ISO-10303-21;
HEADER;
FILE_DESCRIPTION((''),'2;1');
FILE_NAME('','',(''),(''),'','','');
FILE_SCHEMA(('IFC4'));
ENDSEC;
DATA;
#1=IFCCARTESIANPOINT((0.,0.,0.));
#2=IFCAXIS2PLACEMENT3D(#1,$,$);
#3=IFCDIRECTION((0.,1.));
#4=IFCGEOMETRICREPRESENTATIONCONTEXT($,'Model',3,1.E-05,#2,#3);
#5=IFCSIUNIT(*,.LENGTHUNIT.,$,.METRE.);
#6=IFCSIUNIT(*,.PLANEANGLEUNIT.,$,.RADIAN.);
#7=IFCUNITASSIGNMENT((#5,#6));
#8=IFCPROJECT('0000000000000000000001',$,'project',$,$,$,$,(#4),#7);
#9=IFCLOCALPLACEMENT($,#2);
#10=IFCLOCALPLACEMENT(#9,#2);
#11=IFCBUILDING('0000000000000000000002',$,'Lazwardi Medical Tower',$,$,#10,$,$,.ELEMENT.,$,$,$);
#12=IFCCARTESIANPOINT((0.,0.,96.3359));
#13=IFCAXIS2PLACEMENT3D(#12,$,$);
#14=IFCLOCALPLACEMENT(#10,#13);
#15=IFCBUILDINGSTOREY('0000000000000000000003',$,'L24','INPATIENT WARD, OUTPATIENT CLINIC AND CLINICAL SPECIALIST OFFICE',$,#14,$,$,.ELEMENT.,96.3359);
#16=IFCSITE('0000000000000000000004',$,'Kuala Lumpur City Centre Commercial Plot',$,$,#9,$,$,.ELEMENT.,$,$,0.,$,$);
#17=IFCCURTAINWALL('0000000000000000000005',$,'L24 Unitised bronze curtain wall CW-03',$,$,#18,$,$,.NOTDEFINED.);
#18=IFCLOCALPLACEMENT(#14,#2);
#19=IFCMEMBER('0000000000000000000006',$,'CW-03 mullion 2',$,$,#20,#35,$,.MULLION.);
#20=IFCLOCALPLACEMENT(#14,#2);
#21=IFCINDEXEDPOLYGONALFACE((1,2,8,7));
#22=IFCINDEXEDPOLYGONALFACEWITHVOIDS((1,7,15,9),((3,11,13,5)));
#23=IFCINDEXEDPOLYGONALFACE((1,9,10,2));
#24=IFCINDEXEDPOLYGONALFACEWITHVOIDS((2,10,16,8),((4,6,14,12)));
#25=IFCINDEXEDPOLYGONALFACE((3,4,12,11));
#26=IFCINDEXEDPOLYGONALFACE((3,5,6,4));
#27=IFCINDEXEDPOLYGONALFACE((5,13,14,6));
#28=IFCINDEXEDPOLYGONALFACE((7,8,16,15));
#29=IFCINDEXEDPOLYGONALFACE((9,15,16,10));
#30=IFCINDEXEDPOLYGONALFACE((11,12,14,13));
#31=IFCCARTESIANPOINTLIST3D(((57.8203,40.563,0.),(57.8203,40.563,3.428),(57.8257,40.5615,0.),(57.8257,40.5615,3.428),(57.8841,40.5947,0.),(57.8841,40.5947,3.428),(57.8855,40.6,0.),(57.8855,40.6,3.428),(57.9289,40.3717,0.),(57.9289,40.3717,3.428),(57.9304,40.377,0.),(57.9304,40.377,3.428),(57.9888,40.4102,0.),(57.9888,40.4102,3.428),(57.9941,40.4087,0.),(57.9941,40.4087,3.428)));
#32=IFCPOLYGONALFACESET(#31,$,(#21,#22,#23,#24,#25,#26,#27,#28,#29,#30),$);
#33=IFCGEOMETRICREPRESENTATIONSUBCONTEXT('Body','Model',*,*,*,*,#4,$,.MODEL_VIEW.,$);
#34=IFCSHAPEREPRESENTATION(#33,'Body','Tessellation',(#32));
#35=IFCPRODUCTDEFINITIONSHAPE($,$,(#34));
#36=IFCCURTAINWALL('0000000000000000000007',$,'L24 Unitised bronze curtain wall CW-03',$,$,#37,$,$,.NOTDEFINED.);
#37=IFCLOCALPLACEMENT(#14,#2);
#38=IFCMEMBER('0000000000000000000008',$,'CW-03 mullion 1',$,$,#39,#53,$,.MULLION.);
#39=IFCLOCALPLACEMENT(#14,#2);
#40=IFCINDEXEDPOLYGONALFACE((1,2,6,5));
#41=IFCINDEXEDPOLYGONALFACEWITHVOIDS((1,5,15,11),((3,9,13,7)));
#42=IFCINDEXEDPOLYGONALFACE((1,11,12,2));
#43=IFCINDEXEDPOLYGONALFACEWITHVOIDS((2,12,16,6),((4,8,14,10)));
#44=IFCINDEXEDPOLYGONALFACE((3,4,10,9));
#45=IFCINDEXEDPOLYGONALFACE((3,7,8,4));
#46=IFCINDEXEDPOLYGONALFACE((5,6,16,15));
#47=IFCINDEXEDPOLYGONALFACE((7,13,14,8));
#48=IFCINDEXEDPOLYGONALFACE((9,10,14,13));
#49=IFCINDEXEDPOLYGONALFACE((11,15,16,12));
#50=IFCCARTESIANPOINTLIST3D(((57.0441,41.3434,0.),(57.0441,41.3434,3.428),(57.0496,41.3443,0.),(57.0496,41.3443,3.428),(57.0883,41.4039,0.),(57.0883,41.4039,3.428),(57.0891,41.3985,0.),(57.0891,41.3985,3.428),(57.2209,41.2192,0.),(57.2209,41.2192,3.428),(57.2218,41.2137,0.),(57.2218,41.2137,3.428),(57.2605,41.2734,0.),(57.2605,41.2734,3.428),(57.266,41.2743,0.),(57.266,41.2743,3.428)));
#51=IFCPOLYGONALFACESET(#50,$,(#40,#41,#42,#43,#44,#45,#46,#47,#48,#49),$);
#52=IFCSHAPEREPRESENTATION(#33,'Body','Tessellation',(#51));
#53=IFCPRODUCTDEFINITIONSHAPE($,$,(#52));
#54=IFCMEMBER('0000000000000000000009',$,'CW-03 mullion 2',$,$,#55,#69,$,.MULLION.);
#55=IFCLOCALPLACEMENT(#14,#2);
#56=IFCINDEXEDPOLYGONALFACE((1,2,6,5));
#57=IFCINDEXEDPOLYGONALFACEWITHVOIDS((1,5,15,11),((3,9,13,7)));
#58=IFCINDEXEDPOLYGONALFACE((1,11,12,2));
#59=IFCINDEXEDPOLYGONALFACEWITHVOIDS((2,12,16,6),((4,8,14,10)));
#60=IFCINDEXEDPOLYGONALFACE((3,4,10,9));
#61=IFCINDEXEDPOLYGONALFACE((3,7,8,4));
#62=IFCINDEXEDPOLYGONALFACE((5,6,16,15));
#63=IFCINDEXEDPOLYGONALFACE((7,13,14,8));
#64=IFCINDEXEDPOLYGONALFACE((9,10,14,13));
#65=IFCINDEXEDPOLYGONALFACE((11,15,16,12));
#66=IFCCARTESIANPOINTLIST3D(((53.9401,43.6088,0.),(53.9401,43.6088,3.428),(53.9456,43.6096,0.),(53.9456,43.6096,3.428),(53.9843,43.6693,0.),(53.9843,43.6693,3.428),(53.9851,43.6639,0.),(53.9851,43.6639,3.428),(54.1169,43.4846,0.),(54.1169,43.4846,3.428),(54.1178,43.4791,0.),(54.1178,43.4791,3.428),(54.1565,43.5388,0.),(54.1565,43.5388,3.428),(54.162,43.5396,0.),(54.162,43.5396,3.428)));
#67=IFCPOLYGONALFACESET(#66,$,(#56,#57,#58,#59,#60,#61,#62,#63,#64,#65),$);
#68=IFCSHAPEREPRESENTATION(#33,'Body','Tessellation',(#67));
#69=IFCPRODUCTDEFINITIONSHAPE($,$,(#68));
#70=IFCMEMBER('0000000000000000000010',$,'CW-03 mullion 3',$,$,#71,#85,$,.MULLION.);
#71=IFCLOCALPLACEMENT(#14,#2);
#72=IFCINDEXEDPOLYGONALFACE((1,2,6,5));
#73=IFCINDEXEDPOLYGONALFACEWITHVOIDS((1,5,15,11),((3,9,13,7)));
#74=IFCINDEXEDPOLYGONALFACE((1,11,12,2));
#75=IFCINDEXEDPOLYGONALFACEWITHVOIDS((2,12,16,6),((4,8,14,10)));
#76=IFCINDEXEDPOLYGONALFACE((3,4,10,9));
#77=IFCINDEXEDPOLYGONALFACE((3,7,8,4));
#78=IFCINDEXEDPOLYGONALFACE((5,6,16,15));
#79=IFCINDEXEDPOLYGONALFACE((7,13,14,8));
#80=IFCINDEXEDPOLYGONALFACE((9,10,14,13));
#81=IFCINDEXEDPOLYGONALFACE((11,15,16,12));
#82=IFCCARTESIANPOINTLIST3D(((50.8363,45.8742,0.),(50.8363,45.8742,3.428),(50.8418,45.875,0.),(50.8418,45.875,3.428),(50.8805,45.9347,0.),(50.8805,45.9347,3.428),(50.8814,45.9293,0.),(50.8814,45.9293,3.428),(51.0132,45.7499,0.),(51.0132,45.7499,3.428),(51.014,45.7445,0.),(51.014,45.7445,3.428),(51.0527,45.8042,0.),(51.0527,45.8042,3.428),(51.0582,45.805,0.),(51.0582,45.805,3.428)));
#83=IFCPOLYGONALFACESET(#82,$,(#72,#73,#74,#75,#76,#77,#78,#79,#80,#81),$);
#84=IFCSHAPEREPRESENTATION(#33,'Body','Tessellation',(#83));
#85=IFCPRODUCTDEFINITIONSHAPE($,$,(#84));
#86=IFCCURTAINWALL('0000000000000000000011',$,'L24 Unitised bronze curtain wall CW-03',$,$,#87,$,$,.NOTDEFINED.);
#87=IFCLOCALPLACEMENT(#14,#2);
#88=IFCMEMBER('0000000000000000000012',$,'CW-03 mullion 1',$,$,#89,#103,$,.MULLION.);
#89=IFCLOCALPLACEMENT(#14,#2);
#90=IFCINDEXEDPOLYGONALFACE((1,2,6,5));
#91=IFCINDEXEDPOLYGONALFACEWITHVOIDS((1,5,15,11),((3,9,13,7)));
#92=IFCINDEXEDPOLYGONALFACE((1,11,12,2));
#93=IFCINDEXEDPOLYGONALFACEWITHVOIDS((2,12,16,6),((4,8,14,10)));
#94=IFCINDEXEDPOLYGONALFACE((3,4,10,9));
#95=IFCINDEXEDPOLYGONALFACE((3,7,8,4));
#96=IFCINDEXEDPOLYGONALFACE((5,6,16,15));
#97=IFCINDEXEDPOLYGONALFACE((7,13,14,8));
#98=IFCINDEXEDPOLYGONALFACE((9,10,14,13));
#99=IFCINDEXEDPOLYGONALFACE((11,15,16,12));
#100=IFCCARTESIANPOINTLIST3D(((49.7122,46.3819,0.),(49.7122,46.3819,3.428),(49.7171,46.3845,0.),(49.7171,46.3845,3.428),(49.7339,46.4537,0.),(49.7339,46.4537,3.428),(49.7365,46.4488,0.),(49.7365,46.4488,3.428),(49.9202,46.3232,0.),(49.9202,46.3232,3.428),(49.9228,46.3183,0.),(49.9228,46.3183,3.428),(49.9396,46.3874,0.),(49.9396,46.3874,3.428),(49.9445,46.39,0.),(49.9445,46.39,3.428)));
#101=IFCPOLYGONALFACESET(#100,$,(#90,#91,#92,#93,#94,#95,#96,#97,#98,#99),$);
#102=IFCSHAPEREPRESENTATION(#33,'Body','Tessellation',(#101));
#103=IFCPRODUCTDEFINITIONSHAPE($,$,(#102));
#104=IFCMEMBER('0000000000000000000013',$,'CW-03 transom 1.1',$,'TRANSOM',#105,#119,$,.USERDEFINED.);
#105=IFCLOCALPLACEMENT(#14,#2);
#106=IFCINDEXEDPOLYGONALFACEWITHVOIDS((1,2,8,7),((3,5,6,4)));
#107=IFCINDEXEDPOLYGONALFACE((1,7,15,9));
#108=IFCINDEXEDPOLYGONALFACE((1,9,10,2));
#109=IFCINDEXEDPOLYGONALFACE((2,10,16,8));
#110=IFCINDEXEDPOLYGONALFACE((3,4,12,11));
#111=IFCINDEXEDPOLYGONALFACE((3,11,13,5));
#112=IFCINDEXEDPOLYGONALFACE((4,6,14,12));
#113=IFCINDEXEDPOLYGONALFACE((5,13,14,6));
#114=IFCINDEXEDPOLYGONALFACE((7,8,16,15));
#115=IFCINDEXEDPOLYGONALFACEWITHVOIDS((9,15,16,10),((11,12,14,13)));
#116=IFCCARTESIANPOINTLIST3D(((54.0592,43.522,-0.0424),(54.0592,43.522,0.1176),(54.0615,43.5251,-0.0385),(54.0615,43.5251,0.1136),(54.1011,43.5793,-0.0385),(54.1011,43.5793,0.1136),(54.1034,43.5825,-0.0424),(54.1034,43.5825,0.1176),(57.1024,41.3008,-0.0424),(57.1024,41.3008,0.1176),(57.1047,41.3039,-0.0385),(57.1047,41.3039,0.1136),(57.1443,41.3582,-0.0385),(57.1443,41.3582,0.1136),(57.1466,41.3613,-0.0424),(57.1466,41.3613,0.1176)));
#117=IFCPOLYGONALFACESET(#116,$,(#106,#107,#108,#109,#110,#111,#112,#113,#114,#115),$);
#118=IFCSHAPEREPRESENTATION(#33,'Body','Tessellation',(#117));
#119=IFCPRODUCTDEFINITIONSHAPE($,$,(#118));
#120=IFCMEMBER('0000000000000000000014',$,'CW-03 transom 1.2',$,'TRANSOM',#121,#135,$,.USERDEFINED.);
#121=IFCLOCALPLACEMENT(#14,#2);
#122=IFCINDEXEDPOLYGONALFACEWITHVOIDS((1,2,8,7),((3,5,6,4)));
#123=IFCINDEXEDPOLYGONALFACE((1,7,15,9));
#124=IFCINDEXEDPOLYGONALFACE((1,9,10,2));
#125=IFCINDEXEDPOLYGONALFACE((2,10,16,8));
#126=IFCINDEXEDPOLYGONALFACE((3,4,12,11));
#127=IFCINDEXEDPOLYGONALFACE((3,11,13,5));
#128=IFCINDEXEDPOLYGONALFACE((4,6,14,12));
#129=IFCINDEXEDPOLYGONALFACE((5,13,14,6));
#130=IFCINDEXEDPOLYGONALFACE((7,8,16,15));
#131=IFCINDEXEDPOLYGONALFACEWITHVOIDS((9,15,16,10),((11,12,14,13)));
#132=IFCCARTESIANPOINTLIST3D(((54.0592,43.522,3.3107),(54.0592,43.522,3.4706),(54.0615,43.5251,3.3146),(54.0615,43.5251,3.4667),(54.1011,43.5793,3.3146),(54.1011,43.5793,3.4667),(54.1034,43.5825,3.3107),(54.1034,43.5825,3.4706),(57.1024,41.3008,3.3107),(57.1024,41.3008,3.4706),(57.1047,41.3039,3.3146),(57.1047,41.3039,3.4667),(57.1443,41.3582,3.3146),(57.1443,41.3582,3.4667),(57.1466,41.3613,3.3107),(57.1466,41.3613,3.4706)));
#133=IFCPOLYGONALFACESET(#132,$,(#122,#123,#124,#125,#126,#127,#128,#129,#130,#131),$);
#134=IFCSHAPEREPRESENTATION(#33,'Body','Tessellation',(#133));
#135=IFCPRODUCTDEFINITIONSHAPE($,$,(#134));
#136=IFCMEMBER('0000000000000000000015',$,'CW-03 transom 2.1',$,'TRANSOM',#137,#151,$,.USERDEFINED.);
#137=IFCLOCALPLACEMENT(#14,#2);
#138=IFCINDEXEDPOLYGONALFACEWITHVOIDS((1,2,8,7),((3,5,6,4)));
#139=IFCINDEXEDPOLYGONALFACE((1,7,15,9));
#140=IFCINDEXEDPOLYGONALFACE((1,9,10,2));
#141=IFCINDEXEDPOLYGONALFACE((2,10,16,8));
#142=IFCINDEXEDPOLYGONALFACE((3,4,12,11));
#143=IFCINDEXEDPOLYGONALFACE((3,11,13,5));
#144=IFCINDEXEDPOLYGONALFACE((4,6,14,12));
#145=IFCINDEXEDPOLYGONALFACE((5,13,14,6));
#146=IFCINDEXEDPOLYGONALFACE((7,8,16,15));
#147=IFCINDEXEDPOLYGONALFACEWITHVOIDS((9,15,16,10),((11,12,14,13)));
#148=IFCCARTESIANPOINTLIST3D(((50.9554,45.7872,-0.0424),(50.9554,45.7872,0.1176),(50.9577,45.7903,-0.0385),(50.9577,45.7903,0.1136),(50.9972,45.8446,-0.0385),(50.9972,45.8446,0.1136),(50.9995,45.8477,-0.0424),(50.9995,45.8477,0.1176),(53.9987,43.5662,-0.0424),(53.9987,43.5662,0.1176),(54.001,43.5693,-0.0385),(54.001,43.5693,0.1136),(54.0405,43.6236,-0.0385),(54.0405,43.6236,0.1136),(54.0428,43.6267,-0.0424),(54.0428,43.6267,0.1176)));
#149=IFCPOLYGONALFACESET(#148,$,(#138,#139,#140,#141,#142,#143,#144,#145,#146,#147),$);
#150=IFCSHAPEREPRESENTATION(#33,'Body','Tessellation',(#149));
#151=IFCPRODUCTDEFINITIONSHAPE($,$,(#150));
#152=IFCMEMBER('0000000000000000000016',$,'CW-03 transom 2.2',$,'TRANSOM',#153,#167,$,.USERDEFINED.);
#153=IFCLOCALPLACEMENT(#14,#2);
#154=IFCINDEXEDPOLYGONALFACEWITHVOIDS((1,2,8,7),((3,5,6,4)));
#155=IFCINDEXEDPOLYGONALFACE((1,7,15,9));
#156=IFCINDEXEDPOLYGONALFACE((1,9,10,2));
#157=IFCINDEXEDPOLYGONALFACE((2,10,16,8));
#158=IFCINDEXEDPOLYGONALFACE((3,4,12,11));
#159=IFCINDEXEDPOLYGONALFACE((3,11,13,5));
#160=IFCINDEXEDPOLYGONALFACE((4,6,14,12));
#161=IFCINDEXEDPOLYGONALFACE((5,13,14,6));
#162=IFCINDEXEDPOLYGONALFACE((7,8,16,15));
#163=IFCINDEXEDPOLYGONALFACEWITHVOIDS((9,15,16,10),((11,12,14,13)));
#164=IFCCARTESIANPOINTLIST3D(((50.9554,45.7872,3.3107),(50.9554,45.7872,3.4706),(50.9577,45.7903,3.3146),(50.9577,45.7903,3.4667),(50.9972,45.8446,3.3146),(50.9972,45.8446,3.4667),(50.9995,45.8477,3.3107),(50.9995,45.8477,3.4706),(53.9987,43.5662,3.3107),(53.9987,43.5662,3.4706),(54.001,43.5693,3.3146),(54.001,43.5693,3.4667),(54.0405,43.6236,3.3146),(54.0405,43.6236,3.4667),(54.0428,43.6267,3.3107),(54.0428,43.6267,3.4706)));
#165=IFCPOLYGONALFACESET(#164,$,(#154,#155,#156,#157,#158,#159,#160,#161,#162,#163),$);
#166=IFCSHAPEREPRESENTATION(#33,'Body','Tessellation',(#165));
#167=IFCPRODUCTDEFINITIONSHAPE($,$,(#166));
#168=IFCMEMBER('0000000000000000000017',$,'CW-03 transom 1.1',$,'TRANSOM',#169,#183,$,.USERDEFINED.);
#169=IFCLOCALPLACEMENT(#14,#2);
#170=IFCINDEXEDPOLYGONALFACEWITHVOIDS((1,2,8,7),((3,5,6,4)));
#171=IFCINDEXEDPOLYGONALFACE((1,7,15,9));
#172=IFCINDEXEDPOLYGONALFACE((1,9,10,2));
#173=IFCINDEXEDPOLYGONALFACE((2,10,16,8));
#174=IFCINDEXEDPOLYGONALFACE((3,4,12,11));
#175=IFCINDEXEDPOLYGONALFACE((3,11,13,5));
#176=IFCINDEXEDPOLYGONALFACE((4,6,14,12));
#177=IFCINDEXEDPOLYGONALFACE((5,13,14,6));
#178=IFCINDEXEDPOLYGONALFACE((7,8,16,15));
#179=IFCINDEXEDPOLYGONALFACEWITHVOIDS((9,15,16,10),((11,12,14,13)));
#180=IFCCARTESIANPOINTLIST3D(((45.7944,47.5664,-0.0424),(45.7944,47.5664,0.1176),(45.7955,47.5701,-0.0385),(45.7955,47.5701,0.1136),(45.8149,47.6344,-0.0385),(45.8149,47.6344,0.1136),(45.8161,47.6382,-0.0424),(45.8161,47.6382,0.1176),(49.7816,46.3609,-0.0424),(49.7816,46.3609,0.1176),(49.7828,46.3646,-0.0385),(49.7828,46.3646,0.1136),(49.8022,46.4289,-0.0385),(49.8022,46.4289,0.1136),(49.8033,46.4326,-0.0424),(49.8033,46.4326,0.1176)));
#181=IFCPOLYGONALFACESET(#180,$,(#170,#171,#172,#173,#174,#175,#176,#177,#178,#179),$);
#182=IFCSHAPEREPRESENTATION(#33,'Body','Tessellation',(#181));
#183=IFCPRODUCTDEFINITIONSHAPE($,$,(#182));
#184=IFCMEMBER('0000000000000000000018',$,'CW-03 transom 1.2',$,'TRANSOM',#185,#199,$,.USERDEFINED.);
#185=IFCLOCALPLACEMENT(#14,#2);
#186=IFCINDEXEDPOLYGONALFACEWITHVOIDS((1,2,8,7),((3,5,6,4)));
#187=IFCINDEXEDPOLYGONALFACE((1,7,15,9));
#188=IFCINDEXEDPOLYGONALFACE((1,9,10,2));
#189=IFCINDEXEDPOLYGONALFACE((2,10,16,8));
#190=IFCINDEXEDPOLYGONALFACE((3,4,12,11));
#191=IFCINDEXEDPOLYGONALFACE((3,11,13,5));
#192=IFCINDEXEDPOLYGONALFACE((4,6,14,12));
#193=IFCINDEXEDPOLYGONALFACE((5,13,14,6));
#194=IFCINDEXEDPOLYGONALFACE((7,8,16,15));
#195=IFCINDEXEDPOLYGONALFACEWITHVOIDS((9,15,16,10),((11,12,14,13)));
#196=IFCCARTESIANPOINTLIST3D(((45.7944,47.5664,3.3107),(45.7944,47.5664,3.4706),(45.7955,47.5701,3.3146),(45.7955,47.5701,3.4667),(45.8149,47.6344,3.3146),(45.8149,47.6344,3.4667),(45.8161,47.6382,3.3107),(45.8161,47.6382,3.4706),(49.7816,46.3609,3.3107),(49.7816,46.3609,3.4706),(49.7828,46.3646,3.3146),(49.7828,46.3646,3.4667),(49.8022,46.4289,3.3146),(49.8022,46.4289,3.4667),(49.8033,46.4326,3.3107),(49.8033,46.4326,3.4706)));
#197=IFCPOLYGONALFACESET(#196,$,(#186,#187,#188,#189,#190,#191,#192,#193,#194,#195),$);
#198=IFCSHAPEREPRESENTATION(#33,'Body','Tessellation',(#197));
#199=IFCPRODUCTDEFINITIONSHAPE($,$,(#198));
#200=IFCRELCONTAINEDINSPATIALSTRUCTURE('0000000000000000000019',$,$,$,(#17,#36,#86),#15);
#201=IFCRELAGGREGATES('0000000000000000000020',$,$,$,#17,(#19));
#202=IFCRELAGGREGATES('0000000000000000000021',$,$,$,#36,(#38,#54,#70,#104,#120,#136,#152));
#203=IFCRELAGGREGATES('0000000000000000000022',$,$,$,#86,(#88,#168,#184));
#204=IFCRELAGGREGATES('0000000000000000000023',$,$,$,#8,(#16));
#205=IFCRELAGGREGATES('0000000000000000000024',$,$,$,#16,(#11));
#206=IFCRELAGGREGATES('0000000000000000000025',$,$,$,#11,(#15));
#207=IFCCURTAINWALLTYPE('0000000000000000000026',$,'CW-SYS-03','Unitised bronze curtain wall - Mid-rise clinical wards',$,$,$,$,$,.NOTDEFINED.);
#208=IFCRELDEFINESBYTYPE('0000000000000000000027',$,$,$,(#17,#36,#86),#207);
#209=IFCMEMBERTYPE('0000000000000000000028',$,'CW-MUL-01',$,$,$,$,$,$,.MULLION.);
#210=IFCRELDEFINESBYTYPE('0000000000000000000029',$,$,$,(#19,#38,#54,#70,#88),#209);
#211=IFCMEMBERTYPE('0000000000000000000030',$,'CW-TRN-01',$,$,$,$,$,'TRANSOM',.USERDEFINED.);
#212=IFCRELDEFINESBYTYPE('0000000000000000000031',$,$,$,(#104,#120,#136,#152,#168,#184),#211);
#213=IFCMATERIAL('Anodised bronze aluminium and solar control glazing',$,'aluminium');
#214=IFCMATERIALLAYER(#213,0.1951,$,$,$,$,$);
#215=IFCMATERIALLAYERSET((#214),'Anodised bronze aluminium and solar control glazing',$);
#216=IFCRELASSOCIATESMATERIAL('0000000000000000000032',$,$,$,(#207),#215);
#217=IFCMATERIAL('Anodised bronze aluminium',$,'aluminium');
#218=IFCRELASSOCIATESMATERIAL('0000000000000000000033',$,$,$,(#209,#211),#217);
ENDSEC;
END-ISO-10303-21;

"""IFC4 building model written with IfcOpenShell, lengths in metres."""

from ifc_helpers import new_model, si_unit, direction, frame, origin, origin_2d, place, context, subcontext, project, spatial, hollow_rectangle, extrude, material, layer, layer_set, material_profile, profile_set, type_object, element, aggregate, save


model = new_model("IFC4")

# Units and contexts
model_context = context("Model", 3, precision=1e-05, world=origin(), true_north=direction((0.0, 1.0)))
body_context = subcontext(model_context, "Body", "Model", "MODEL_VIEW")
ifc_project = project(units=[si_unit("LENGTHUNIT", "METRE"), si_unit("PLANEANGLEUNIT", "RADIAN")], contexts=[model_context])

# Site, building, storey
site_placement = place(None, origin())
site = spatial("IfcSite", under=ifc_project, at=site_placement, Name="Kuala Lumpur City Centre Commercial Plot", CompositionType="ELEMENT", RefElevation=0.0)
building_placement = place(site_placement, origin())
building = spatial("IfcBuilding", under=site, at=building_placement, Name="Lazwardi Medical Tower", CompositionType="ELEMENT")
storey_placement = place(building_placement, frame((0.0, 0.0, 96.3359)))
storey = spatial("IfcBuildingStorey", under=building, at=storey_placement, Name="L24", Description="INPATIENT WARD, OUTPATIENT CLINIC AND CLINICAL SPECIALIST OFFICE", CompositionType="ELEMENT", Elevation=96.3359)

# Curtain wall, member
ifc_material_1 = material(Name="Anodised bronze aluminium and solar control glazing", Category="aluminium")
ifc_layer_1 = layer(ifc_material_1, 0.1951)
ifc_layer_set_1 = layer_set([ifc_layer_1], Name="Anodised bronze aluminium and solar control glazing")
curtain_wall_type = type_object("IfcCurtainWallType", Name="CW-SYS-03", Description="Unitised bronze curtain wall - Mid-rise clinical wards", PredefinedType="NOTDEFINED", material=ifc_layer_set_1)
curtain_wall_1_placement = place(storey_placement, origin())
curtain_wall_1 = element("IfcCurtainWall", 1, at=curtain_wall_1_placement, inside=storey, type_object=curtain_wall_type, Name="L24 Unitised bronze curtain wall CW-03", PredefinedType="NOTDEFINED")
ifc_material_2 = material(Name="Anodised bronze aluminium", Category="aluminium")
ifc_material_profile_1 = material_profile(ifc_material_2, hollow_rectangle(XDim=0.075, YDim=0.22, WallThickness=0.0039, at=origin_2d()), Name="ALU-MULLION 220x75x4")
ifc_profile_set_1 = profile_set([ifc_material_profile_1], Name="Anodised bronze aluminium")
member_type_1 = type_object("IfcMemberType", Name="CW-MUL-01", PredefinedType="MULLION", material=ifc_profile_set_1)
member_1_placement = place(storey_placement, frame((57.9072, 40.4858, 0.0), z_axis=(0.0, 0.0, 1.0), x_axis=(-0.869687, -0.493603, 0.0)))
member_1 = element("IfcMember", 2, at=member_1_placement, type_object=member_type_1, Name="CW-03 mullion 2", PredefinedType="MULLION", context=body_context, shape_type="SweptSolid", body=[
    extrude(hollow_rectangle(XDim=0.075, YDim=0.22, WallThickness=0.0039, at=origin_2d()), origin(), (0.0, 0.0, 1.0), 3.428),
])
aggregate(curtain_wall_1, [member_1])

# Curtain wall, members
curtain_wall_2_placement = place(storey_placement, origin())
curtain_wall_2 = element("IfcCurtainWall", 3, at=curtain_wall_2_placement, inside=storey, type_object=curtain_wall_type, Name="L24 Unitised bronze curtain wall CW-03", PredefinedType="NOTDEFINED")
member_2_placement = place(storey_placement, frame((57.155, 41.3088, 0.0), z_axis=(0.0, 0.0, 1.0), x_axis=(-0.589531, -0.807746, 0.0)))
member_2 = element("IfcMember", 4, at=member_2_placement, type_object=member_type_1, Name="CW-03 mullion 1", PredefinedType="MULLION", context=body_context, shape_type="SweptSolid", body=[
    extrude(hollow_rectangle(XDim=0.075, YDim=0.22, WallThickness=0.0039, at=origin_2d()), origin(), (0.0, 0.0, 1.0), 3.428),
])
member_3_placement = place(storey_placement, frame((54.051, 43.5742, 0.0), z_axis=(0.0, 0.0, 1.0), x_axis=(-0.589531, -0.807746, 0.0)))
member_3 = element("IfcMember", 5, at=member_3_placement, type_object=member_type_1, Name="CW-03 mullion 2", PredefinedType="MULLION", context=body_context, shape_type="SweptSolid", body=[
    extrude(hollow_rectangle(XDim=0.075, YDim=0.22, WallThickness=0.0039, at=origin_2d()), origin(), (0.0, 0.0, 1.0), 3.428),
])
member_4_placement = place(storey_placement, frame((50.9473, 45.8396, 0.0), z_axis=(0.0, 0.0, 1.0), x_axis=(-0.589531, -0.807746, 0.0)))
member_4 = element("IfcMember", 6, at=member_4_placement, type_object=member_type_1, Name="CW-03 mullion 3", PredefinedType="MULLION", context=body_context, shape_type="SweptSolid", body=[
    extrude(hollow_rectangle(XDim=0.075, YDim=0.22, WallThickness=0.0039, at=origin_2d()), origin(), (0.0, 0.0, 1.0), 3.428),
])

# Curtain wall, member
curtain_wall_3_placement = place(storey_placement, origin())
curtain_wall_3 = element("IfcCurtainWall", 7, at=curtain_wall_3_placement, inside=storey, type_object=curtain_wall_type, Name="L24 Unitised bronze curtain wall CW-03", PredefinedType="NOTDEFINED")
member_5_placement = place(storey_placement, frame((49.8284, 46.386, 0.0), z_axis=(0.0, 0.0, 1.0), x_axis=(-0.289374, -0.957216, 0.0)))
member_5 = element("IfcMember", 8, at=member_5_placement, type_object=member_type_1, Name="CW-03 mullion 1", PredefinedType="MULLION", context=body_context, shape_type="SweptSolid", body=[
    extrude(hollow_rectangle(XDim=0.075, YDim=0.22, WallThickness=0.0039, at=origin_2d()), origin(), (0.0, 0.0, 1.0), 3.428),
])

# Members
ifc_material_profile_2 = material_profile(ifc_material_2, hollow_rectangle(XDim=0.075, YDim=0.1599, WallThickness=0.0039, at=origin_2d()), Name="ALU-TRANSOM 160x75x4")
ifc_profile_set_2 = profile_set([ifc_material_profile_2], Name="Anodised bronze aluminium")
member_type_2 = type_object("IfcMemberType", Name="CW-TRN-01", ElementType="TRANSOM", PredefinedType="USERDEFINED", material=ifc_profile_set_2)
member_6_placement = place(storey_placement, frame((57.1245, 41.3311, 0.0376), z_axis=(-0.807732, 0.58955, 0.0), x_axis=(-0.58955, -0.807732, 0.0)))
member_6 = element("IfcMember", 9, at=member_6_placement, type_object=member_type_2, Name="CW-03 transom 1.1", ObjectType="TRANSOM", PredefinedType="USERDEFINED", context=body_context, shape_type="SweptSolid", body=[
    extrude(hollow_rectangle(XDim=0.075, YDim=0.1599, WallThickness=0.0039, at=origin_2d()), origin(), (0.0, 0.0, 1.0), 3.7676),
])
member_7_placement = place(storey_placement, frame((57.1245, 41.3311, 3.3906), z_axis=(-0.807732, 0.58955, 0.0), x_axis=(-0.58955, -0.807732, 0.0)))
member_7 = element("IfcMember", 10, at=member_7_placement, type_object=member_type_2, Name="CW-03 transom 1.2", ObjectType="TRANSOM", PredefinedType="USERDEFINED", context=body_context, shape_type="SweptSolid", body=[
    extrude(hollow_rectangle(XDim=0.075, YDim=0.1599, WallThickness=0.0039, at=origin_2d()), origin(), (0.0, 0.0, 1.0), 3.7676),
])
member_8_placement = place(storey_placement, frame((54.0208, 43.5964, 0.0376), z_axis=(-0.807763, 0.589508, 0.0), x_axis=(-0.589508, -0.807763, 0.0)))
member_8 = element("IfcMember", 11, at=member_8_placement, type_object=member_type_2, Name="CW-03 transom 2.1", ObjectType="TRANSOM", PredefinedType="USERDEFINED", context=body_context, shape_type="SweptSolid", body=[
    extrude(hollow_rectangle(XDim=0.075, YDim=0.1599, WallThickness=0.0039, at=origin_2d()), origin(), (0.0, 0.0, 1.0), 3.7676),
])
member_9_placement = place(storey_placement, frame((54.0208, 43.5964, 3.3906), z_axis=(-0.807763, 0.589508, 0.0), x_axis=(-0.589508, -0.807763, 0.0)))
member_9 = element("IfcMember", 12, at=member_9_placement, type_object=member_type_2, Name="CW-03 transom 2.2", ObjectType="TRANSOM", PredefinedType="USERDEFINED", context=body_context, shape_type="SweptSolid", body=[
    extrude(hollow_rectangle(XDim=0.075, YDim=0.1599, WallThickness=0.0039, at=origin_2d()), origin(), (0.0, 0.0, 1.0), 3.7676),
])
member_10_placement = place(storey_placement, frame((49.7925, 46.3967, 0.0376), z_axis=(-0.957205, 0.289412, 0.0), x_axis=(-0.289412, -0.957205, 0.0)))
member_10 = element("IfcMember", 13, at=member_10_placement, type_object=member_type_2, Name="CW-03 transom 1.1", ObjectType="TRANSOM", PredefinedType="USERDEFINED", context=body_context, shape_type="SweptSolid", body=[
    extrude(hollow_rectangle(XDim=0.075, YDim=0.1599, WallThickness=0.0039, at=origin_2d()), origin(), (0.0, 0.0, 1.0), 4.1655),
])
member_11_placement = place(storey_placement, frame((49.7925, 46.3967, 3.3906), z_axis=(-0.957205, 0.289412, 0.0), x_axis=(-0.289412, -0.957205, 0.0)))
member_11 = element("IfcMember", 14, at=member_11_placement, type_object=member_type_2, Name="CW-03 transom 1.2", ObjectType="TRANSOM", PredefinedType="USERDEFINED", context=body_context, shape_type="SweptSolid", body=[
    extrude(hollow_rectangle(XDim=0.075, YDim=0.1599, WallThickness=0.0039, at=origin_2d()), origin(), (0.0, 0.0, 1.0), 4.1655),
])

aggregate(curtain_wall_2, [member_2, member_3, member_4, member_6, member_7, member_8, member_9])
aggregate(curtain_wall_3, [member_5, member_10, member_11])

save(model, "model.ifc")
